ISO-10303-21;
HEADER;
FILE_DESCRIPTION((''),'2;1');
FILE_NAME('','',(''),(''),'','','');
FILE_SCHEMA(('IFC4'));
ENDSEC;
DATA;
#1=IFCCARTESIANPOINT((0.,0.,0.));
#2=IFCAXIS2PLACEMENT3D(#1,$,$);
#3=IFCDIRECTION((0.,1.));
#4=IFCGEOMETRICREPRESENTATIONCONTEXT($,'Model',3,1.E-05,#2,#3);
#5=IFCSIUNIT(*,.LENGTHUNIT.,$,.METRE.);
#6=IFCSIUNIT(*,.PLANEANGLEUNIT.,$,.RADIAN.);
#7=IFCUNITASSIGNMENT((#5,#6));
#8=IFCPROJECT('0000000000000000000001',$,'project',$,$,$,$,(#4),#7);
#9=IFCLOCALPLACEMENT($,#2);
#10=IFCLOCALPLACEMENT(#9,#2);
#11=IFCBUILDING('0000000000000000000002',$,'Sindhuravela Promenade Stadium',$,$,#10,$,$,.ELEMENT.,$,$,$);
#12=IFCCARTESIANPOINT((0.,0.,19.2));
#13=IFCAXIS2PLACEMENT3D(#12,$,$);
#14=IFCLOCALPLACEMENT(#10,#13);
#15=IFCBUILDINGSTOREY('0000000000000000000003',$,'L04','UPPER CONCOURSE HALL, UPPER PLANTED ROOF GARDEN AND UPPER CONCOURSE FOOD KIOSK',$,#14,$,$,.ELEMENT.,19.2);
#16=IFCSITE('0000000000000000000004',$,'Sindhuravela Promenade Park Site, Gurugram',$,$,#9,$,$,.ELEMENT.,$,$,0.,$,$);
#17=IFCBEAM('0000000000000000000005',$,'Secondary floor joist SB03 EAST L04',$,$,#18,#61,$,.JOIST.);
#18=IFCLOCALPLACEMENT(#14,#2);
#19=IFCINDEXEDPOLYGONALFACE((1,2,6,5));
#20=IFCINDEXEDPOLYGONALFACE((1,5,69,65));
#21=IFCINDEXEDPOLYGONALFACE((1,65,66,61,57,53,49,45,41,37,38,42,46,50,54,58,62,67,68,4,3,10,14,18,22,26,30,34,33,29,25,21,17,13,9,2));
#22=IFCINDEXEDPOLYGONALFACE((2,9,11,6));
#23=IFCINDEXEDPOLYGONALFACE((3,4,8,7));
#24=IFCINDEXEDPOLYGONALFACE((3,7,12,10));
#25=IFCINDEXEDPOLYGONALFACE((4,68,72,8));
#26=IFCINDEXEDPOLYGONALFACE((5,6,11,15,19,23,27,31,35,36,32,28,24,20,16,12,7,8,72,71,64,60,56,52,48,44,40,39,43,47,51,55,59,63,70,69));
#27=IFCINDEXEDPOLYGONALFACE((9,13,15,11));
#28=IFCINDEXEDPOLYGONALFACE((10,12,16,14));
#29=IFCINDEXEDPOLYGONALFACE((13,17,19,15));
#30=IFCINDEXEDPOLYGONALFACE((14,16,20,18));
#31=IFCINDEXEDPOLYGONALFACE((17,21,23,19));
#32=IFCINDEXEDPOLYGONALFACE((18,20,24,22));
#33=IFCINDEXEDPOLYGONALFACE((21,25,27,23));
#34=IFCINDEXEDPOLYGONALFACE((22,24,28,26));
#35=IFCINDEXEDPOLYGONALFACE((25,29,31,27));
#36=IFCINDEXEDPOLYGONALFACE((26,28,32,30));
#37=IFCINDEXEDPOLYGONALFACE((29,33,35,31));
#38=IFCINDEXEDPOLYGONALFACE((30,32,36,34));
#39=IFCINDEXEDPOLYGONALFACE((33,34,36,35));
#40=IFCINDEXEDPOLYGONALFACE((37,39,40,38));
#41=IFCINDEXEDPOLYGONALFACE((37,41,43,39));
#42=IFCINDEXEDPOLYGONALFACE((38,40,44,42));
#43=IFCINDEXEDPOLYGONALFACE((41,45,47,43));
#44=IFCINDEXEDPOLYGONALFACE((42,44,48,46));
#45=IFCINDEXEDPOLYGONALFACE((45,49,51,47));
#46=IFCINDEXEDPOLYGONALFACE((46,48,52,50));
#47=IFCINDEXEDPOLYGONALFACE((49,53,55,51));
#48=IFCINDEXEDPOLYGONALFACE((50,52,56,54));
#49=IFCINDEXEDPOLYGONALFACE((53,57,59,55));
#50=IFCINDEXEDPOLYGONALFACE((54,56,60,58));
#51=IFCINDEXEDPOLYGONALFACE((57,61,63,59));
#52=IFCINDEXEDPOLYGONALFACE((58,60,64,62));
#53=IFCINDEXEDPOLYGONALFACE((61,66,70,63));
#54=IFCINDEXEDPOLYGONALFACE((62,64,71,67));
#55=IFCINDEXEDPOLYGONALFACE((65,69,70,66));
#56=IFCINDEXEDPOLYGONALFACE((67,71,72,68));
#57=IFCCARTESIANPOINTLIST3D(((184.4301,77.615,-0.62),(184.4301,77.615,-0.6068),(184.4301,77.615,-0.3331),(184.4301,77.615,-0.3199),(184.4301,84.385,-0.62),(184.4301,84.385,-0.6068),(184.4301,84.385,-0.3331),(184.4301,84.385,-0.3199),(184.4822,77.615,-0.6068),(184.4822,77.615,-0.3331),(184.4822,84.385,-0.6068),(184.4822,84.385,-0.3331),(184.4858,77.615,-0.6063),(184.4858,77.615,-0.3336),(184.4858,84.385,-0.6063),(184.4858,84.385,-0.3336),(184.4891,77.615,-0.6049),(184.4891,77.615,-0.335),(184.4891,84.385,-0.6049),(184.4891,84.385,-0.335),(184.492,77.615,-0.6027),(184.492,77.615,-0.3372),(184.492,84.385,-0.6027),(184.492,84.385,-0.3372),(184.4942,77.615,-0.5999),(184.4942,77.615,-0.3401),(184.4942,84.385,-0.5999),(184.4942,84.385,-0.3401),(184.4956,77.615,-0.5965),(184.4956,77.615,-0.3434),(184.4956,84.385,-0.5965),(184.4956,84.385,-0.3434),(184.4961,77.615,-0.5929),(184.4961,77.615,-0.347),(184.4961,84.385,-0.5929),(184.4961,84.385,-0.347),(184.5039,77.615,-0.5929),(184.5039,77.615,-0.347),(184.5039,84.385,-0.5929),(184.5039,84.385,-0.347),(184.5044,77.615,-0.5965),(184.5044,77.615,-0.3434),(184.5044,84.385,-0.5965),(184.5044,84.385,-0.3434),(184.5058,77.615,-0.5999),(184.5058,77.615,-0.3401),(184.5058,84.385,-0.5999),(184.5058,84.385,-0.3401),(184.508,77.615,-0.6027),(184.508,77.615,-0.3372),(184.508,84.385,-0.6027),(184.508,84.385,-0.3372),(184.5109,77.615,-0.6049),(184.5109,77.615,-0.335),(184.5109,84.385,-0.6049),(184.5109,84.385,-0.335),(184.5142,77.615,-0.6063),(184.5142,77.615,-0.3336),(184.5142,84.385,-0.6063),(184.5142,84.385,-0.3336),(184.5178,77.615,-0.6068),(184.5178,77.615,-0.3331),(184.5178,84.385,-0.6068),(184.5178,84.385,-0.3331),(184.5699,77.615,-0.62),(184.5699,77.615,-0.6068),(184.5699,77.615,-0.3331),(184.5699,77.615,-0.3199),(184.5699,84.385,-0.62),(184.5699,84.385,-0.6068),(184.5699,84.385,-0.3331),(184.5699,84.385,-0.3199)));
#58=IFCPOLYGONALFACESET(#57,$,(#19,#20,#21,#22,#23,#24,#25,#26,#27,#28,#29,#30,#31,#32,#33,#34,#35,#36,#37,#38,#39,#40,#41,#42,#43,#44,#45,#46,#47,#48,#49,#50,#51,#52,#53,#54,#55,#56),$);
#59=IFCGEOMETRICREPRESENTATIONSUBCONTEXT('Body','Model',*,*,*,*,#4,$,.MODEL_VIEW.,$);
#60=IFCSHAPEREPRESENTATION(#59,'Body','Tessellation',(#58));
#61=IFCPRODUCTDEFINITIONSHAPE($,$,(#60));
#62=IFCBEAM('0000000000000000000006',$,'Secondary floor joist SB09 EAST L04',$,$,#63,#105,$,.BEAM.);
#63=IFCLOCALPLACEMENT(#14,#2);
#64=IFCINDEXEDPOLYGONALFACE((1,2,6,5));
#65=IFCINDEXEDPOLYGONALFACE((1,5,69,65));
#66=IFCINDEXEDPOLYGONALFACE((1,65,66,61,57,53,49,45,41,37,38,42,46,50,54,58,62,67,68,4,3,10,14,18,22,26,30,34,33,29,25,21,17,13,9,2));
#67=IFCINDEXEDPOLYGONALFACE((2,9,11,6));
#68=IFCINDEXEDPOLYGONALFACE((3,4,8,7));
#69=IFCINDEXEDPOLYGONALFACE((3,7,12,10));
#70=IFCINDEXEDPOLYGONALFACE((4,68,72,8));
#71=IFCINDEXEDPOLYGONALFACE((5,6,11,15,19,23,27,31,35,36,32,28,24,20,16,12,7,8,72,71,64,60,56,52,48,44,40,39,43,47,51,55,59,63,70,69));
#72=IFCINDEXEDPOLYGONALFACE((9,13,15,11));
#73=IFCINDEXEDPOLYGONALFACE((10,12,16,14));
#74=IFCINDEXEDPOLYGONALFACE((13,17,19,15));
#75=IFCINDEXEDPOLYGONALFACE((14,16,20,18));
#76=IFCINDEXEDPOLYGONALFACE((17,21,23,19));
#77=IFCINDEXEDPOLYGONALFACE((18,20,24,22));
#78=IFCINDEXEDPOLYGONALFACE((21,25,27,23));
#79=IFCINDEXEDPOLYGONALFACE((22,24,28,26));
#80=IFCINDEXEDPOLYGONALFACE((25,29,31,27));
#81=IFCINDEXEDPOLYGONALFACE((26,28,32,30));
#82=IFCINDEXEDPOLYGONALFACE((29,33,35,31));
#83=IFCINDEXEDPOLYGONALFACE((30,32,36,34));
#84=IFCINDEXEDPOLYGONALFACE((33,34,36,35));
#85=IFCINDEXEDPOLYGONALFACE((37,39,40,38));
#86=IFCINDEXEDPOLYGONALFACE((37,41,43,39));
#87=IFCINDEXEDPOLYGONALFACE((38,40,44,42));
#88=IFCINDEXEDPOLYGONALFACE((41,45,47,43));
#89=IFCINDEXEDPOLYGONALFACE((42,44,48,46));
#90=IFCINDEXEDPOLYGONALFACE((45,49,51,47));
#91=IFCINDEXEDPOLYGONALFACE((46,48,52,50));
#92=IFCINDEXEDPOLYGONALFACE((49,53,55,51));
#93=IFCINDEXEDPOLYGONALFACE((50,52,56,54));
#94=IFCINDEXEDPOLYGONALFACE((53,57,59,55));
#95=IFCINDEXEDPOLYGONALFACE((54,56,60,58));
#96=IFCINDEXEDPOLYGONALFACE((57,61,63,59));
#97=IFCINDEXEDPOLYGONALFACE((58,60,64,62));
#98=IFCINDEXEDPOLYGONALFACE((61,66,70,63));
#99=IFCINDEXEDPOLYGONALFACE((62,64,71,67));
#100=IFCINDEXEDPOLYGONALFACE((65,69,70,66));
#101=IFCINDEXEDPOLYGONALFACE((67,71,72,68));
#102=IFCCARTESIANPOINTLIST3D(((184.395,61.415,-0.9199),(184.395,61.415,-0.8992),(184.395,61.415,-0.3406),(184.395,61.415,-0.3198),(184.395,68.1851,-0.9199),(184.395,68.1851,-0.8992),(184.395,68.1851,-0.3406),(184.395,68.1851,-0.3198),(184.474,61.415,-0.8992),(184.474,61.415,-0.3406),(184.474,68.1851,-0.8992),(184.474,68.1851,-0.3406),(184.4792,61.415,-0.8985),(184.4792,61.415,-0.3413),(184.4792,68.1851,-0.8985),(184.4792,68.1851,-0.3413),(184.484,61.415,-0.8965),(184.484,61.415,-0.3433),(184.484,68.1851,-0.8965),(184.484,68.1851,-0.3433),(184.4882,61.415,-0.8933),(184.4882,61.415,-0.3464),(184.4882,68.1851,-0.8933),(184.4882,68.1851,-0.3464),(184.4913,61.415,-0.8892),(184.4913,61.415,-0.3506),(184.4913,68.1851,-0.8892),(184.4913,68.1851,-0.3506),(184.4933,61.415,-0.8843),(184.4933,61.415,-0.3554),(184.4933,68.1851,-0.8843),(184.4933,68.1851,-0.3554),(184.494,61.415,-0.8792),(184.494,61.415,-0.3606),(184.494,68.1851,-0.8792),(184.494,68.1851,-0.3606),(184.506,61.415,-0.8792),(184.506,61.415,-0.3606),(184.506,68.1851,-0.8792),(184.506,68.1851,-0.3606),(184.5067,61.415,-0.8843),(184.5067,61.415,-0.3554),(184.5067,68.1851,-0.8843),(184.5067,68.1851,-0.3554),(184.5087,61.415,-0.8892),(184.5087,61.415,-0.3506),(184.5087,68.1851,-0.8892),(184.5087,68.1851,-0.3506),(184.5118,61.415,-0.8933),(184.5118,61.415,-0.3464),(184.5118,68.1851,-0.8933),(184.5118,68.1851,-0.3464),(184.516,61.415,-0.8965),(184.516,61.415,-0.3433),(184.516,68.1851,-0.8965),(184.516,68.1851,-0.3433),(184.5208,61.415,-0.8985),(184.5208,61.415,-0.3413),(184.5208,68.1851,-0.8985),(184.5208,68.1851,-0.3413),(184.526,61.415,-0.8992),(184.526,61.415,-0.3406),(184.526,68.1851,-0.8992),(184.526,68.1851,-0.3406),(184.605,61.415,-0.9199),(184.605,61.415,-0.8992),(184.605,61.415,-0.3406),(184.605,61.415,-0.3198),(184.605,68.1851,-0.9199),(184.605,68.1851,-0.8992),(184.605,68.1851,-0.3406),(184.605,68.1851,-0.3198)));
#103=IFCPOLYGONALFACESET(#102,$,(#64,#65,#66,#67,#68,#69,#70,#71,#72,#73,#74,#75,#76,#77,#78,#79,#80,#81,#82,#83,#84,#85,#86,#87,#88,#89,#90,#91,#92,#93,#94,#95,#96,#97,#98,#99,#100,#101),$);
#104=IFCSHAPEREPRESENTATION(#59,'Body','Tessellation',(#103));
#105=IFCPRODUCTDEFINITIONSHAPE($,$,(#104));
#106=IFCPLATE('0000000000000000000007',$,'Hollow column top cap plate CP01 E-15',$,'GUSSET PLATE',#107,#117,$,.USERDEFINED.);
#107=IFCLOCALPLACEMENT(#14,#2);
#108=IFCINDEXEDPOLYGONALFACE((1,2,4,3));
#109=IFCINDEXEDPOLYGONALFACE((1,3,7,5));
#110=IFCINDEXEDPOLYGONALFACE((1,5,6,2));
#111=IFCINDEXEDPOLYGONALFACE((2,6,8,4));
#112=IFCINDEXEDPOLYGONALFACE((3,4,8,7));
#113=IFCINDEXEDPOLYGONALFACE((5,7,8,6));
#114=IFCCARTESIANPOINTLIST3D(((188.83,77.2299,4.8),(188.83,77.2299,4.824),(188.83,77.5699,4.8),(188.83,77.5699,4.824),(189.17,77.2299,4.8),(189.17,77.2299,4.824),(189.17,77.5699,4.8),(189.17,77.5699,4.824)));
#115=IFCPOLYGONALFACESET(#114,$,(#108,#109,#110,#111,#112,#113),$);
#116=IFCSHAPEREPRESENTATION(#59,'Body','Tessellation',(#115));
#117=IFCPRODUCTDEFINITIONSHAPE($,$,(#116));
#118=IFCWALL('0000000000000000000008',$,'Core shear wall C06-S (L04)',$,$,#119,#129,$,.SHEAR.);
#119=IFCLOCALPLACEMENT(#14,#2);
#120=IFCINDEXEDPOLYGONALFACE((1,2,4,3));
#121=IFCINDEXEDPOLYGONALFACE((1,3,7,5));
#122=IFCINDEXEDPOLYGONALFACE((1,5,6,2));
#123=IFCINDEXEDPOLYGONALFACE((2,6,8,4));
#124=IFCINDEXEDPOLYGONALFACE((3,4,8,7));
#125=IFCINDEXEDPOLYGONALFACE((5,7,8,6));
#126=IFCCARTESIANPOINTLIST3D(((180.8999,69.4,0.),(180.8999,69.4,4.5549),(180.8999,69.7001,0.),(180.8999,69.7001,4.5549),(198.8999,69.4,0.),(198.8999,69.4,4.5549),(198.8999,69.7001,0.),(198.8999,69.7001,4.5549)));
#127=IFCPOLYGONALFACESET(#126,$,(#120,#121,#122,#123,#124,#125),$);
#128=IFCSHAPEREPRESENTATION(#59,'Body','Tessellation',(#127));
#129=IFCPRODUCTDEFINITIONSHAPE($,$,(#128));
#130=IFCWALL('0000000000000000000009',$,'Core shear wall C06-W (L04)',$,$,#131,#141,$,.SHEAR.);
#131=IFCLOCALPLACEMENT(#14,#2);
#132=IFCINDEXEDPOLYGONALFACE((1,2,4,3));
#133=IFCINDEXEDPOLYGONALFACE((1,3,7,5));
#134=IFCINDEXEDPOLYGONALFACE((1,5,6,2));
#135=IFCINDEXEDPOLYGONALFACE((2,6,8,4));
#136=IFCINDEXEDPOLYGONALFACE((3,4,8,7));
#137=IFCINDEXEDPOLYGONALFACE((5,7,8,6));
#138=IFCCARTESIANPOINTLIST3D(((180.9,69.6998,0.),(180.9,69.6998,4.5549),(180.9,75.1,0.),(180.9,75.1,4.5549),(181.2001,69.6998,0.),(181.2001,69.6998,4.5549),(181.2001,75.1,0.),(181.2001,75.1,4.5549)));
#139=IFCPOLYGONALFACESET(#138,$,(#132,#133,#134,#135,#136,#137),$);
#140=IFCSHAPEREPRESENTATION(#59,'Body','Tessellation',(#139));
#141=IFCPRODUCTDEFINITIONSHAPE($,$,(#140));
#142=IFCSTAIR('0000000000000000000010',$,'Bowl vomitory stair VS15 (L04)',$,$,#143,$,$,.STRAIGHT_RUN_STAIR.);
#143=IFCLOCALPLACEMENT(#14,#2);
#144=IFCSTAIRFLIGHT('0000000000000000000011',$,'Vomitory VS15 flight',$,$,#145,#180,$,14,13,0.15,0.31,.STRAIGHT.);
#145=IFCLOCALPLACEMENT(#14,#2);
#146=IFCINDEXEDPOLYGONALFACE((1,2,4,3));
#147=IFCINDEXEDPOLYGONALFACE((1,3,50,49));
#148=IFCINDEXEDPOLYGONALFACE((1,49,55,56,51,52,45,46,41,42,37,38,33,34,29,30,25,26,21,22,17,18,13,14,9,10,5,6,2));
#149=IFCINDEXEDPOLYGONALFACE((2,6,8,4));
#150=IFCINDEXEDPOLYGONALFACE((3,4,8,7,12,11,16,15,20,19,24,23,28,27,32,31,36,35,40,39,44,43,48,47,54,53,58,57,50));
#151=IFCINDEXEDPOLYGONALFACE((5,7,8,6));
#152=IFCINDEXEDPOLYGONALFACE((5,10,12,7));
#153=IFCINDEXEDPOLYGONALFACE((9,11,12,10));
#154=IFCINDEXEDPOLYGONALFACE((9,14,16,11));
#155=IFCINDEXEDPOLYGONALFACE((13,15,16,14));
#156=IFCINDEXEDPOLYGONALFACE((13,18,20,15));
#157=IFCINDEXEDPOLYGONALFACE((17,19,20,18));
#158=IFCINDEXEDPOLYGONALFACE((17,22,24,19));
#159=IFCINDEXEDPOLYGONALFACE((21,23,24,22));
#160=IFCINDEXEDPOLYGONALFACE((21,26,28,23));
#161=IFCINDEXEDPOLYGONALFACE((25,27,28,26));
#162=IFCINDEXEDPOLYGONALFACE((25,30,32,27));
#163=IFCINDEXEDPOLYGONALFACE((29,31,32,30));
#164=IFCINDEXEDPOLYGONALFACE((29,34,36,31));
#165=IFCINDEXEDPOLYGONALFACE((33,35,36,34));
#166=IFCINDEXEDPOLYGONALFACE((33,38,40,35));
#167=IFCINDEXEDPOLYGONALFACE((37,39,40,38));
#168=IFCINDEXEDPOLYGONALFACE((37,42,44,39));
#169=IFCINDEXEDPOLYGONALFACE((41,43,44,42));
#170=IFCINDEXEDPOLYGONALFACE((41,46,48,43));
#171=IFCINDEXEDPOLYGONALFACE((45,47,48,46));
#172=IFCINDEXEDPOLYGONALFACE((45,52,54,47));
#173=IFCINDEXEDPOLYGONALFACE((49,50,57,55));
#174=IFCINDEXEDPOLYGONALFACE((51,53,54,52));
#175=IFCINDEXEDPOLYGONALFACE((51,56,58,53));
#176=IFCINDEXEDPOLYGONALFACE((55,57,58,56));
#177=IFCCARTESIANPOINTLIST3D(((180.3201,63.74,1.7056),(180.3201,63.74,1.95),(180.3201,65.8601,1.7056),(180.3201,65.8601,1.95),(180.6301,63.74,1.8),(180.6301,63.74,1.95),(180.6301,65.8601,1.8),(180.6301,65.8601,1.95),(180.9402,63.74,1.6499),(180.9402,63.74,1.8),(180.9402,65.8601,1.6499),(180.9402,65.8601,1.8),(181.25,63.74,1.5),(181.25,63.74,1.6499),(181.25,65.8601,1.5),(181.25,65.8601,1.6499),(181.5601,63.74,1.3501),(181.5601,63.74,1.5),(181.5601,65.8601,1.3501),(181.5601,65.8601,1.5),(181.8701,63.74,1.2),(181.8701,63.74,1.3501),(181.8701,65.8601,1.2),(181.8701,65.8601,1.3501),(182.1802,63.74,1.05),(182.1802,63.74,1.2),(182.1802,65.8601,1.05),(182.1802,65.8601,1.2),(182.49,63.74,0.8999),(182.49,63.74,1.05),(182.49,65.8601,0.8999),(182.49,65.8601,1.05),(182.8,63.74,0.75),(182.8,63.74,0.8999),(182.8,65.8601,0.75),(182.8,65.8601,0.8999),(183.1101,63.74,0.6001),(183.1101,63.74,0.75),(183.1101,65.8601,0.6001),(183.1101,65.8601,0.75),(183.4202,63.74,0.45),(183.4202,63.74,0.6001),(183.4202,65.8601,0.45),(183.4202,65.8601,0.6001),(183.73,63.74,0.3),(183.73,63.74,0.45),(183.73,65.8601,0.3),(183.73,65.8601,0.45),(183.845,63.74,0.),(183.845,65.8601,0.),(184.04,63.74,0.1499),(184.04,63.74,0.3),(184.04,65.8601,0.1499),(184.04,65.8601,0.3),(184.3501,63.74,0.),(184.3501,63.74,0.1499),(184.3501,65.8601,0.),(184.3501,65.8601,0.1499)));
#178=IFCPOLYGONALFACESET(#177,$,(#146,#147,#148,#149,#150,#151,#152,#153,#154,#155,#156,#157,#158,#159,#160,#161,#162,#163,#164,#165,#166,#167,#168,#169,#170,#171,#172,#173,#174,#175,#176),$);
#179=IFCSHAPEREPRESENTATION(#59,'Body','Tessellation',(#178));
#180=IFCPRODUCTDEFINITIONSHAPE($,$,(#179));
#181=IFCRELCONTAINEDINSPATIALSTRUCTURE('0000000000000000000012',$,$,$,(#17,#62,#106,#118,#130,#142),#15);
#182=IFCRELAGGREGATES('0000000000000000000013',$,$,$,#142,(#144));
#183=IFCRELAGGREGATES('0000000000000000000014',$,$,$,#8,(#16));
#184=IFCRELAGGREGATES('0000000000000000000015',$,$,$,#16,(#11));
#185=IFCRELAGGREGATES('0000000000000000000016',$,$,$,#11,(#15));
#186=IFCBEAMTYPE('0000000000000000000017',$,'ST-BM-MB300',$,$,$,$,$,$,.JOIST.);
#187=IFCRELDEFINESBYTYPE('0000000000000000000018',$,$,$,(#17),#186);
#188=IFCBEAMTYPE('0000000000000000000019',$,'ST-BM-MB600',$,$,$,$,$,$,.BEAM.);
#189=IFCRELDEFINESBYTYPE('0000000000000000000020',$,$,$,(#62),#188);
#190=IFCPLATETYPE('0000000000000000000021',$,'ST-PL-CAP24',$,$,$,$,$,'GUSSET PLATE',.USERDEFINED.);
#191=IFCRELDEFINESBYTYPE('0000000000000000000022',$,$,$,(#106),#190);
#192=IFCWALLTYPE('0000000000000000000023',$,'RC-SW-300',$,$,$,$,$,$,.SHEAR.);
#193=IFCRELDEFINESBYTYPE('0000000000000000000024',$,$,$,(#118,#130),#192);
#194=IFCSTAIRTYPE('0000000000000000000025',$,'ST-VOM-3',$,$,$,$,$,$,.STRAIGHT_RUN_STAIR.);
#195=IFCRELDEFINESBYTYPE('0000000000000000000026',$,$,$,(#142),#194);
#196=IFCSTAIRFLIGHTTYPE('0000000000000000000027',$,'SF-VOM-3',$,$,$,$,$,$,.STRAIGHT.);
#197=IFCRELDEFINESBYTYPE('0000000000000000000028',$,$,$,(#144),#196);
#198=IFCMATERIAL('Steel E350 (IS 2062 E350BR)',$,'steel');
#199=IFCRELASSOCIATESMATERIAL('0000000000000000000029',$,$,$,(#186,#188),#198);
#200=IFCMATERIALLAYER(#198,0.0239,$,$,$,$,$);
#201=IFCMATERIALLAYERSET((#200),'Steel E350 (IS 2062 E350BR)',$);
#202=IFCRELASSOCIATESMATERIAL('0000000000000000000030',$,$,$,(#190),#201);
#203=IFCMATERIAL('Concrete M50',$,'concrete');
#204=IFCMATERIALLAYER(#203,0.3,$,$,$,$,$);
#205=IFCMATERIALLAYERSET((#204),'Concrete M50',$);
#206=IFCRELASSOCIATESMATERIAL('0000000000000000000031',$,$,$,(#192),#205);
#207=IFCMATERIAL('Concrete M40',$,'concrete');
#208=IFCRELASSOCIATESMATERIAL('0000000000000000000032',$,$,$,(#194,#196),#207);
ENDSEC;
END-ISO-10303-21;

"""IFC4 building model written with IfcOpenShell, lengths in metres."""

from ifc_helpers import new_model, si_unit, direction, frame, frame_2d, origin, origin_2d, place, context, subcontext, project, spatial, polyline, rectangle, i_section, outline, extrude, material, layer, layer_set, material_profile, profile_set, type_object, element, aggregate, save


model = new_model("IFC4")

# Units and contexts
model_context = context("Model", 3, precision=1e-05, world=origin(), true_north=direction((0.0, 1.0)))
body_context = subcontext(model_context, "Body", "Model", "MODEL_VIEW")
ifc_project = project(units=[si_unit("LENGTHUNIT", "METRE"), si_unit("PLANEANGLEUNIT", "RADIAN")], contexts=[model_context])

# Site, building, storey
site_placement = place(None, origin())
site = spatial("IfcSite", under=ifc_project, at=site_placement, Name="Sindhuravela Promenade Park Site, Gurugram", CompositionType="ELEMENT", RefElevation=0.0)
building_placement = place(site_placement, origin())
building = spatial("IfcBuilding", under=site, at=building_placement, Name="Sindhuravela Promenade Stadium", CompositionType="ELEMENT")
storey_placement = place(building_placement, frame((0.0, 0.0, 19.2)))
storey = spatial("IfcBuildingStorey", under=building, at=storey_placement, Name="L04", Description="UPPER CONCOURSE HALL, UPPER PLANTED ROOF GARDEN AND UPPER CONCOURSE FOOD KIOSK", CompositionType="ELEMENT", Elevation=19.2)

# Shared definitions
ifc_material_1 = material(Name="Steel E350 (IS 2062 E350BR)", Category="steel")

# Beams
ifc_material_2 = material(Name="Concrete M40", Category="concrete")
ifc_material_3 = material(Name="Concrete M50", Category="concrete")
ifc_material_profile_1 = material_profile(ifc_material_1, i_section(OverallWidth=0.1399, OverallDepth=0.3, WebThickness=0.0078, FlangeThickness=0.0132, FilletRadius=0.0139, at=origin_2d()), Name="ISMB 300")
ifc_profile_set_1 = profile_set([ifc_material_profile_1], Name="Steel E350 (IS 2062 E350BR)")
beam_type_1 = type_object("IfcBeamType", Name="ST-BM-MB300", PredefinedType="JOIST", material=ifc_profile_set_1)
beam_1_placement = place(storey_placement, frame((184.5, 77.615, -0.47), z_axis=(0.0, 1.0, 0.0), x_axis=(-1.0, 0.0, 0.0)))
element("IfcBeam", 1, at=beam_1_placement, inside=storey, type_object=beam_type_1, Name="Secondary floor joist SB03 EAST L04", PredefinedType="JOIST", context=body_context, shape_type="SweptSolid", body=[
    extrude(i_section(OverallWidth=0.1399, OverallDepth=0.3, WebThickness=0.0078, FlangeThickness=0.0132, FilletRadius=0.0139, at=origin_2d()), origin(), (0.0, 0.0, 1.0), 6.77),
])
ifc_material_profile_2 = material_profile(ifc_material_1, i_section(OverallWidth=0.21, OverallDepth=0.6001, WebThickness=0.012, FlangeThickness=0.0208, FilletRadius=0.02, at=origin_2d()), Name="ISMB 600")
ifc_profile_set_2 = profile_set([ifc_material_profile_2], Name="Steel E350 (IS 2062 E350BR)")
beam_type_2 = type_object("IfcBeamType", Name="ST-BM-MB600", PredefinedType="BEAM", material=ifc_profile_set_2)
beam_2_placement = place(storey_placement, frame((184.5, 61.415, -0.6199), z_axis=(0.0, 1.0, 0.0), x_axis=(-1.0, 0.0, 0.0)))
element("IfcBeam", 2, at=beam_2_placement, inside=storey, type_object=beam_type_2, Name="Secondary floor joist SB09 EAST L04", PredefinedType="BEAM", context=body_context, shape_type="SweptSolid", body=[
    extrude(i_section(OverallWidth=0.21, OverallDepth=0.6001, WebThickness=0.012, FlangeThickness=0.0208, FilletRadius=0.02, at=origin_2d()), origin(), (0.0, 0.0, 1.0), 6.77),
])

# Plate
ifc_layer_1 = layer(ifc_material_1, 0.0239)
ifc_layer_set_1 = layer_set([ifc_layer_1], Name="Steel E350 (IS 2062 E350BR)")
plate_type = type_object("IfcPlateType", Name="ST-PL-CAP24", ElementType="GUSSET PLATE", PredefinedType="USERDEFINED", material=ifc_layer_set_1)
plate_placement = place(storey_placement, frame((189.0, 77.3999, 4.8), z_axis=(0.0, 0.0, 1.0), x_axis=(1.0, 0.0, 0.0)))
element("IfcPlate", 3, at=plate_placement, inside=storey, type_object=plate_type, Name="Hollow column top cap plate CP01 E-15", ObjectType="GUSSET PLATE", PredefinedType="USERDEFINED", context=body_context, shape_type="SweptSolid", body=[
    extrude(rectangle(XDim=0.3401, YDim=0.3401, at=origin_2d()), origin(), (0.0, 0.0, 1.0), 0.0239),
])

# Walls
ifc_layer_2 = layer(ifc_material_3, 0.3)
ifc_layer_set_2 = layer_set([ifc_layer_2], Name="Concrete M50")
wall_type = type_object("IfcWallType", Name="RC-SW-300", PredefinedType="SHEAR", material=ifc_layer_set_2)
wall_1_placement = place(storey_placement, frame((180.8999, 69.55, 0.0), z_axis=(0.0, 0.0, 1.0), x_axis=(1.0, 0.0, 0.0)))
element("IfcWall", 4, at=wall_1_placement, inside=storey, type_object=wall_type, Name="Core shear wall C06-S (L04)", PredefinedType="SHEAR", context=body_context, shape_type="SweptSolid", body=[
    extrude(rectangle(XDim=18.0, YDim=0.3, at=frame_2d((9.0, 0.0))), origin(), (0.0, 0.0, 1.0), 4.5549),
])
wall_2_placement = place(storey_placement, frame((181.05, 75.1001, 0.0), z_axis=(0.0, 0.0, 1.0), x_axis=(0.0, -1.0, 0.0)))
element("IfcWall", 5, at=wall_2_placement, inside=storey, type_object=wall_type, Name="Core shear wall C06-W (L04)", PredefinedType="SHEAR", context=body_context, shape_type="SweptSolid", body=[
    extrude(rectangle(XDim=5.4001, YDim=0.3, at=frame_2d((2.7002, 0.0))), origin(), (0.0, 0.0, 1.0), 4.5549),
])

# Stair, stair flight
stair_type = type_object("IfcStairType", Name="ST-VOM-3", PredefinedType="STRAIGHT_RUN_STAIR", material=ifc_material_2)
stair_placement = place(storey_placement, origin())
stair = element("IfcStair", 6, at=stair_placement, inside=storey, type_object=stair_type, Name="Bowl vomitory stair VS15 (L04)", PredefinedType="STRAIGHT_RUN_STAIR")
stair_flight_type = type_object("IfcStairFlightType", Name="SF-VOM-3", PredefinedType="STRAIGHT", material=ifc_material_2)
stair_flight_placement = place(storey_placement, frame((184.3501, 64.8, 0.0), z_axis=(0.0, 0.0, 1.0), x_axis=(-1.0, 0.0, 0.0)))
stair_flight = element("IfcStairFlight", 7, at=stair_flight_placement, type_object=stair_flight_type, Name="Vomitory VS15 flight", NumberOfRisers=14, NumberOfTreads=13, PredefinedType="STRAIGHT", RiserHeight=0.15, TreadLength=0.31, context=body_context, shape_type="SweptSolid", body=[
    extrude(outline(polyline([(0.0, 0.0), (0.0, 0.1499), (0.3101, 0.1499), (0.3101, 0.3), (0.6201, 0.3), (0.6201, 0.45), (0.9299, 0.45), (0.9299, 0.6001), (1.24, 0.6001), (1.24, 0.75), (1.55, 0.75), (1.55, 0.8999), (1.8601, 0.8999), (1.8601, 1.05), (2.1699, 1.05), (2.1699, 1.2), (2.48, 1.2), (2.48, 1.3501), (2.79, 1.3501), (2.79, 1.5), (3.1001, 1.5), (3.1001, 1.6499), (3.4099, 1.6499), (3.4099, 1.8), (3.72, 1.8), (3.72, 1.95), (4.03, 1.95), (4.03, 2.1001), (4.03, 1.7056), (0.5051, 0.0), (0.0, 0.0)])), frame((0.0, 1.0601, 0.0), z_axis=(0.0, -1.0, 0.0), x_axis=(1.0, 0.0, 0.0)), (0.0, 0.0, 1.0), 2.1201),
])
aggregate(stair, [stair_flight])

save(model, "model.ifc")
